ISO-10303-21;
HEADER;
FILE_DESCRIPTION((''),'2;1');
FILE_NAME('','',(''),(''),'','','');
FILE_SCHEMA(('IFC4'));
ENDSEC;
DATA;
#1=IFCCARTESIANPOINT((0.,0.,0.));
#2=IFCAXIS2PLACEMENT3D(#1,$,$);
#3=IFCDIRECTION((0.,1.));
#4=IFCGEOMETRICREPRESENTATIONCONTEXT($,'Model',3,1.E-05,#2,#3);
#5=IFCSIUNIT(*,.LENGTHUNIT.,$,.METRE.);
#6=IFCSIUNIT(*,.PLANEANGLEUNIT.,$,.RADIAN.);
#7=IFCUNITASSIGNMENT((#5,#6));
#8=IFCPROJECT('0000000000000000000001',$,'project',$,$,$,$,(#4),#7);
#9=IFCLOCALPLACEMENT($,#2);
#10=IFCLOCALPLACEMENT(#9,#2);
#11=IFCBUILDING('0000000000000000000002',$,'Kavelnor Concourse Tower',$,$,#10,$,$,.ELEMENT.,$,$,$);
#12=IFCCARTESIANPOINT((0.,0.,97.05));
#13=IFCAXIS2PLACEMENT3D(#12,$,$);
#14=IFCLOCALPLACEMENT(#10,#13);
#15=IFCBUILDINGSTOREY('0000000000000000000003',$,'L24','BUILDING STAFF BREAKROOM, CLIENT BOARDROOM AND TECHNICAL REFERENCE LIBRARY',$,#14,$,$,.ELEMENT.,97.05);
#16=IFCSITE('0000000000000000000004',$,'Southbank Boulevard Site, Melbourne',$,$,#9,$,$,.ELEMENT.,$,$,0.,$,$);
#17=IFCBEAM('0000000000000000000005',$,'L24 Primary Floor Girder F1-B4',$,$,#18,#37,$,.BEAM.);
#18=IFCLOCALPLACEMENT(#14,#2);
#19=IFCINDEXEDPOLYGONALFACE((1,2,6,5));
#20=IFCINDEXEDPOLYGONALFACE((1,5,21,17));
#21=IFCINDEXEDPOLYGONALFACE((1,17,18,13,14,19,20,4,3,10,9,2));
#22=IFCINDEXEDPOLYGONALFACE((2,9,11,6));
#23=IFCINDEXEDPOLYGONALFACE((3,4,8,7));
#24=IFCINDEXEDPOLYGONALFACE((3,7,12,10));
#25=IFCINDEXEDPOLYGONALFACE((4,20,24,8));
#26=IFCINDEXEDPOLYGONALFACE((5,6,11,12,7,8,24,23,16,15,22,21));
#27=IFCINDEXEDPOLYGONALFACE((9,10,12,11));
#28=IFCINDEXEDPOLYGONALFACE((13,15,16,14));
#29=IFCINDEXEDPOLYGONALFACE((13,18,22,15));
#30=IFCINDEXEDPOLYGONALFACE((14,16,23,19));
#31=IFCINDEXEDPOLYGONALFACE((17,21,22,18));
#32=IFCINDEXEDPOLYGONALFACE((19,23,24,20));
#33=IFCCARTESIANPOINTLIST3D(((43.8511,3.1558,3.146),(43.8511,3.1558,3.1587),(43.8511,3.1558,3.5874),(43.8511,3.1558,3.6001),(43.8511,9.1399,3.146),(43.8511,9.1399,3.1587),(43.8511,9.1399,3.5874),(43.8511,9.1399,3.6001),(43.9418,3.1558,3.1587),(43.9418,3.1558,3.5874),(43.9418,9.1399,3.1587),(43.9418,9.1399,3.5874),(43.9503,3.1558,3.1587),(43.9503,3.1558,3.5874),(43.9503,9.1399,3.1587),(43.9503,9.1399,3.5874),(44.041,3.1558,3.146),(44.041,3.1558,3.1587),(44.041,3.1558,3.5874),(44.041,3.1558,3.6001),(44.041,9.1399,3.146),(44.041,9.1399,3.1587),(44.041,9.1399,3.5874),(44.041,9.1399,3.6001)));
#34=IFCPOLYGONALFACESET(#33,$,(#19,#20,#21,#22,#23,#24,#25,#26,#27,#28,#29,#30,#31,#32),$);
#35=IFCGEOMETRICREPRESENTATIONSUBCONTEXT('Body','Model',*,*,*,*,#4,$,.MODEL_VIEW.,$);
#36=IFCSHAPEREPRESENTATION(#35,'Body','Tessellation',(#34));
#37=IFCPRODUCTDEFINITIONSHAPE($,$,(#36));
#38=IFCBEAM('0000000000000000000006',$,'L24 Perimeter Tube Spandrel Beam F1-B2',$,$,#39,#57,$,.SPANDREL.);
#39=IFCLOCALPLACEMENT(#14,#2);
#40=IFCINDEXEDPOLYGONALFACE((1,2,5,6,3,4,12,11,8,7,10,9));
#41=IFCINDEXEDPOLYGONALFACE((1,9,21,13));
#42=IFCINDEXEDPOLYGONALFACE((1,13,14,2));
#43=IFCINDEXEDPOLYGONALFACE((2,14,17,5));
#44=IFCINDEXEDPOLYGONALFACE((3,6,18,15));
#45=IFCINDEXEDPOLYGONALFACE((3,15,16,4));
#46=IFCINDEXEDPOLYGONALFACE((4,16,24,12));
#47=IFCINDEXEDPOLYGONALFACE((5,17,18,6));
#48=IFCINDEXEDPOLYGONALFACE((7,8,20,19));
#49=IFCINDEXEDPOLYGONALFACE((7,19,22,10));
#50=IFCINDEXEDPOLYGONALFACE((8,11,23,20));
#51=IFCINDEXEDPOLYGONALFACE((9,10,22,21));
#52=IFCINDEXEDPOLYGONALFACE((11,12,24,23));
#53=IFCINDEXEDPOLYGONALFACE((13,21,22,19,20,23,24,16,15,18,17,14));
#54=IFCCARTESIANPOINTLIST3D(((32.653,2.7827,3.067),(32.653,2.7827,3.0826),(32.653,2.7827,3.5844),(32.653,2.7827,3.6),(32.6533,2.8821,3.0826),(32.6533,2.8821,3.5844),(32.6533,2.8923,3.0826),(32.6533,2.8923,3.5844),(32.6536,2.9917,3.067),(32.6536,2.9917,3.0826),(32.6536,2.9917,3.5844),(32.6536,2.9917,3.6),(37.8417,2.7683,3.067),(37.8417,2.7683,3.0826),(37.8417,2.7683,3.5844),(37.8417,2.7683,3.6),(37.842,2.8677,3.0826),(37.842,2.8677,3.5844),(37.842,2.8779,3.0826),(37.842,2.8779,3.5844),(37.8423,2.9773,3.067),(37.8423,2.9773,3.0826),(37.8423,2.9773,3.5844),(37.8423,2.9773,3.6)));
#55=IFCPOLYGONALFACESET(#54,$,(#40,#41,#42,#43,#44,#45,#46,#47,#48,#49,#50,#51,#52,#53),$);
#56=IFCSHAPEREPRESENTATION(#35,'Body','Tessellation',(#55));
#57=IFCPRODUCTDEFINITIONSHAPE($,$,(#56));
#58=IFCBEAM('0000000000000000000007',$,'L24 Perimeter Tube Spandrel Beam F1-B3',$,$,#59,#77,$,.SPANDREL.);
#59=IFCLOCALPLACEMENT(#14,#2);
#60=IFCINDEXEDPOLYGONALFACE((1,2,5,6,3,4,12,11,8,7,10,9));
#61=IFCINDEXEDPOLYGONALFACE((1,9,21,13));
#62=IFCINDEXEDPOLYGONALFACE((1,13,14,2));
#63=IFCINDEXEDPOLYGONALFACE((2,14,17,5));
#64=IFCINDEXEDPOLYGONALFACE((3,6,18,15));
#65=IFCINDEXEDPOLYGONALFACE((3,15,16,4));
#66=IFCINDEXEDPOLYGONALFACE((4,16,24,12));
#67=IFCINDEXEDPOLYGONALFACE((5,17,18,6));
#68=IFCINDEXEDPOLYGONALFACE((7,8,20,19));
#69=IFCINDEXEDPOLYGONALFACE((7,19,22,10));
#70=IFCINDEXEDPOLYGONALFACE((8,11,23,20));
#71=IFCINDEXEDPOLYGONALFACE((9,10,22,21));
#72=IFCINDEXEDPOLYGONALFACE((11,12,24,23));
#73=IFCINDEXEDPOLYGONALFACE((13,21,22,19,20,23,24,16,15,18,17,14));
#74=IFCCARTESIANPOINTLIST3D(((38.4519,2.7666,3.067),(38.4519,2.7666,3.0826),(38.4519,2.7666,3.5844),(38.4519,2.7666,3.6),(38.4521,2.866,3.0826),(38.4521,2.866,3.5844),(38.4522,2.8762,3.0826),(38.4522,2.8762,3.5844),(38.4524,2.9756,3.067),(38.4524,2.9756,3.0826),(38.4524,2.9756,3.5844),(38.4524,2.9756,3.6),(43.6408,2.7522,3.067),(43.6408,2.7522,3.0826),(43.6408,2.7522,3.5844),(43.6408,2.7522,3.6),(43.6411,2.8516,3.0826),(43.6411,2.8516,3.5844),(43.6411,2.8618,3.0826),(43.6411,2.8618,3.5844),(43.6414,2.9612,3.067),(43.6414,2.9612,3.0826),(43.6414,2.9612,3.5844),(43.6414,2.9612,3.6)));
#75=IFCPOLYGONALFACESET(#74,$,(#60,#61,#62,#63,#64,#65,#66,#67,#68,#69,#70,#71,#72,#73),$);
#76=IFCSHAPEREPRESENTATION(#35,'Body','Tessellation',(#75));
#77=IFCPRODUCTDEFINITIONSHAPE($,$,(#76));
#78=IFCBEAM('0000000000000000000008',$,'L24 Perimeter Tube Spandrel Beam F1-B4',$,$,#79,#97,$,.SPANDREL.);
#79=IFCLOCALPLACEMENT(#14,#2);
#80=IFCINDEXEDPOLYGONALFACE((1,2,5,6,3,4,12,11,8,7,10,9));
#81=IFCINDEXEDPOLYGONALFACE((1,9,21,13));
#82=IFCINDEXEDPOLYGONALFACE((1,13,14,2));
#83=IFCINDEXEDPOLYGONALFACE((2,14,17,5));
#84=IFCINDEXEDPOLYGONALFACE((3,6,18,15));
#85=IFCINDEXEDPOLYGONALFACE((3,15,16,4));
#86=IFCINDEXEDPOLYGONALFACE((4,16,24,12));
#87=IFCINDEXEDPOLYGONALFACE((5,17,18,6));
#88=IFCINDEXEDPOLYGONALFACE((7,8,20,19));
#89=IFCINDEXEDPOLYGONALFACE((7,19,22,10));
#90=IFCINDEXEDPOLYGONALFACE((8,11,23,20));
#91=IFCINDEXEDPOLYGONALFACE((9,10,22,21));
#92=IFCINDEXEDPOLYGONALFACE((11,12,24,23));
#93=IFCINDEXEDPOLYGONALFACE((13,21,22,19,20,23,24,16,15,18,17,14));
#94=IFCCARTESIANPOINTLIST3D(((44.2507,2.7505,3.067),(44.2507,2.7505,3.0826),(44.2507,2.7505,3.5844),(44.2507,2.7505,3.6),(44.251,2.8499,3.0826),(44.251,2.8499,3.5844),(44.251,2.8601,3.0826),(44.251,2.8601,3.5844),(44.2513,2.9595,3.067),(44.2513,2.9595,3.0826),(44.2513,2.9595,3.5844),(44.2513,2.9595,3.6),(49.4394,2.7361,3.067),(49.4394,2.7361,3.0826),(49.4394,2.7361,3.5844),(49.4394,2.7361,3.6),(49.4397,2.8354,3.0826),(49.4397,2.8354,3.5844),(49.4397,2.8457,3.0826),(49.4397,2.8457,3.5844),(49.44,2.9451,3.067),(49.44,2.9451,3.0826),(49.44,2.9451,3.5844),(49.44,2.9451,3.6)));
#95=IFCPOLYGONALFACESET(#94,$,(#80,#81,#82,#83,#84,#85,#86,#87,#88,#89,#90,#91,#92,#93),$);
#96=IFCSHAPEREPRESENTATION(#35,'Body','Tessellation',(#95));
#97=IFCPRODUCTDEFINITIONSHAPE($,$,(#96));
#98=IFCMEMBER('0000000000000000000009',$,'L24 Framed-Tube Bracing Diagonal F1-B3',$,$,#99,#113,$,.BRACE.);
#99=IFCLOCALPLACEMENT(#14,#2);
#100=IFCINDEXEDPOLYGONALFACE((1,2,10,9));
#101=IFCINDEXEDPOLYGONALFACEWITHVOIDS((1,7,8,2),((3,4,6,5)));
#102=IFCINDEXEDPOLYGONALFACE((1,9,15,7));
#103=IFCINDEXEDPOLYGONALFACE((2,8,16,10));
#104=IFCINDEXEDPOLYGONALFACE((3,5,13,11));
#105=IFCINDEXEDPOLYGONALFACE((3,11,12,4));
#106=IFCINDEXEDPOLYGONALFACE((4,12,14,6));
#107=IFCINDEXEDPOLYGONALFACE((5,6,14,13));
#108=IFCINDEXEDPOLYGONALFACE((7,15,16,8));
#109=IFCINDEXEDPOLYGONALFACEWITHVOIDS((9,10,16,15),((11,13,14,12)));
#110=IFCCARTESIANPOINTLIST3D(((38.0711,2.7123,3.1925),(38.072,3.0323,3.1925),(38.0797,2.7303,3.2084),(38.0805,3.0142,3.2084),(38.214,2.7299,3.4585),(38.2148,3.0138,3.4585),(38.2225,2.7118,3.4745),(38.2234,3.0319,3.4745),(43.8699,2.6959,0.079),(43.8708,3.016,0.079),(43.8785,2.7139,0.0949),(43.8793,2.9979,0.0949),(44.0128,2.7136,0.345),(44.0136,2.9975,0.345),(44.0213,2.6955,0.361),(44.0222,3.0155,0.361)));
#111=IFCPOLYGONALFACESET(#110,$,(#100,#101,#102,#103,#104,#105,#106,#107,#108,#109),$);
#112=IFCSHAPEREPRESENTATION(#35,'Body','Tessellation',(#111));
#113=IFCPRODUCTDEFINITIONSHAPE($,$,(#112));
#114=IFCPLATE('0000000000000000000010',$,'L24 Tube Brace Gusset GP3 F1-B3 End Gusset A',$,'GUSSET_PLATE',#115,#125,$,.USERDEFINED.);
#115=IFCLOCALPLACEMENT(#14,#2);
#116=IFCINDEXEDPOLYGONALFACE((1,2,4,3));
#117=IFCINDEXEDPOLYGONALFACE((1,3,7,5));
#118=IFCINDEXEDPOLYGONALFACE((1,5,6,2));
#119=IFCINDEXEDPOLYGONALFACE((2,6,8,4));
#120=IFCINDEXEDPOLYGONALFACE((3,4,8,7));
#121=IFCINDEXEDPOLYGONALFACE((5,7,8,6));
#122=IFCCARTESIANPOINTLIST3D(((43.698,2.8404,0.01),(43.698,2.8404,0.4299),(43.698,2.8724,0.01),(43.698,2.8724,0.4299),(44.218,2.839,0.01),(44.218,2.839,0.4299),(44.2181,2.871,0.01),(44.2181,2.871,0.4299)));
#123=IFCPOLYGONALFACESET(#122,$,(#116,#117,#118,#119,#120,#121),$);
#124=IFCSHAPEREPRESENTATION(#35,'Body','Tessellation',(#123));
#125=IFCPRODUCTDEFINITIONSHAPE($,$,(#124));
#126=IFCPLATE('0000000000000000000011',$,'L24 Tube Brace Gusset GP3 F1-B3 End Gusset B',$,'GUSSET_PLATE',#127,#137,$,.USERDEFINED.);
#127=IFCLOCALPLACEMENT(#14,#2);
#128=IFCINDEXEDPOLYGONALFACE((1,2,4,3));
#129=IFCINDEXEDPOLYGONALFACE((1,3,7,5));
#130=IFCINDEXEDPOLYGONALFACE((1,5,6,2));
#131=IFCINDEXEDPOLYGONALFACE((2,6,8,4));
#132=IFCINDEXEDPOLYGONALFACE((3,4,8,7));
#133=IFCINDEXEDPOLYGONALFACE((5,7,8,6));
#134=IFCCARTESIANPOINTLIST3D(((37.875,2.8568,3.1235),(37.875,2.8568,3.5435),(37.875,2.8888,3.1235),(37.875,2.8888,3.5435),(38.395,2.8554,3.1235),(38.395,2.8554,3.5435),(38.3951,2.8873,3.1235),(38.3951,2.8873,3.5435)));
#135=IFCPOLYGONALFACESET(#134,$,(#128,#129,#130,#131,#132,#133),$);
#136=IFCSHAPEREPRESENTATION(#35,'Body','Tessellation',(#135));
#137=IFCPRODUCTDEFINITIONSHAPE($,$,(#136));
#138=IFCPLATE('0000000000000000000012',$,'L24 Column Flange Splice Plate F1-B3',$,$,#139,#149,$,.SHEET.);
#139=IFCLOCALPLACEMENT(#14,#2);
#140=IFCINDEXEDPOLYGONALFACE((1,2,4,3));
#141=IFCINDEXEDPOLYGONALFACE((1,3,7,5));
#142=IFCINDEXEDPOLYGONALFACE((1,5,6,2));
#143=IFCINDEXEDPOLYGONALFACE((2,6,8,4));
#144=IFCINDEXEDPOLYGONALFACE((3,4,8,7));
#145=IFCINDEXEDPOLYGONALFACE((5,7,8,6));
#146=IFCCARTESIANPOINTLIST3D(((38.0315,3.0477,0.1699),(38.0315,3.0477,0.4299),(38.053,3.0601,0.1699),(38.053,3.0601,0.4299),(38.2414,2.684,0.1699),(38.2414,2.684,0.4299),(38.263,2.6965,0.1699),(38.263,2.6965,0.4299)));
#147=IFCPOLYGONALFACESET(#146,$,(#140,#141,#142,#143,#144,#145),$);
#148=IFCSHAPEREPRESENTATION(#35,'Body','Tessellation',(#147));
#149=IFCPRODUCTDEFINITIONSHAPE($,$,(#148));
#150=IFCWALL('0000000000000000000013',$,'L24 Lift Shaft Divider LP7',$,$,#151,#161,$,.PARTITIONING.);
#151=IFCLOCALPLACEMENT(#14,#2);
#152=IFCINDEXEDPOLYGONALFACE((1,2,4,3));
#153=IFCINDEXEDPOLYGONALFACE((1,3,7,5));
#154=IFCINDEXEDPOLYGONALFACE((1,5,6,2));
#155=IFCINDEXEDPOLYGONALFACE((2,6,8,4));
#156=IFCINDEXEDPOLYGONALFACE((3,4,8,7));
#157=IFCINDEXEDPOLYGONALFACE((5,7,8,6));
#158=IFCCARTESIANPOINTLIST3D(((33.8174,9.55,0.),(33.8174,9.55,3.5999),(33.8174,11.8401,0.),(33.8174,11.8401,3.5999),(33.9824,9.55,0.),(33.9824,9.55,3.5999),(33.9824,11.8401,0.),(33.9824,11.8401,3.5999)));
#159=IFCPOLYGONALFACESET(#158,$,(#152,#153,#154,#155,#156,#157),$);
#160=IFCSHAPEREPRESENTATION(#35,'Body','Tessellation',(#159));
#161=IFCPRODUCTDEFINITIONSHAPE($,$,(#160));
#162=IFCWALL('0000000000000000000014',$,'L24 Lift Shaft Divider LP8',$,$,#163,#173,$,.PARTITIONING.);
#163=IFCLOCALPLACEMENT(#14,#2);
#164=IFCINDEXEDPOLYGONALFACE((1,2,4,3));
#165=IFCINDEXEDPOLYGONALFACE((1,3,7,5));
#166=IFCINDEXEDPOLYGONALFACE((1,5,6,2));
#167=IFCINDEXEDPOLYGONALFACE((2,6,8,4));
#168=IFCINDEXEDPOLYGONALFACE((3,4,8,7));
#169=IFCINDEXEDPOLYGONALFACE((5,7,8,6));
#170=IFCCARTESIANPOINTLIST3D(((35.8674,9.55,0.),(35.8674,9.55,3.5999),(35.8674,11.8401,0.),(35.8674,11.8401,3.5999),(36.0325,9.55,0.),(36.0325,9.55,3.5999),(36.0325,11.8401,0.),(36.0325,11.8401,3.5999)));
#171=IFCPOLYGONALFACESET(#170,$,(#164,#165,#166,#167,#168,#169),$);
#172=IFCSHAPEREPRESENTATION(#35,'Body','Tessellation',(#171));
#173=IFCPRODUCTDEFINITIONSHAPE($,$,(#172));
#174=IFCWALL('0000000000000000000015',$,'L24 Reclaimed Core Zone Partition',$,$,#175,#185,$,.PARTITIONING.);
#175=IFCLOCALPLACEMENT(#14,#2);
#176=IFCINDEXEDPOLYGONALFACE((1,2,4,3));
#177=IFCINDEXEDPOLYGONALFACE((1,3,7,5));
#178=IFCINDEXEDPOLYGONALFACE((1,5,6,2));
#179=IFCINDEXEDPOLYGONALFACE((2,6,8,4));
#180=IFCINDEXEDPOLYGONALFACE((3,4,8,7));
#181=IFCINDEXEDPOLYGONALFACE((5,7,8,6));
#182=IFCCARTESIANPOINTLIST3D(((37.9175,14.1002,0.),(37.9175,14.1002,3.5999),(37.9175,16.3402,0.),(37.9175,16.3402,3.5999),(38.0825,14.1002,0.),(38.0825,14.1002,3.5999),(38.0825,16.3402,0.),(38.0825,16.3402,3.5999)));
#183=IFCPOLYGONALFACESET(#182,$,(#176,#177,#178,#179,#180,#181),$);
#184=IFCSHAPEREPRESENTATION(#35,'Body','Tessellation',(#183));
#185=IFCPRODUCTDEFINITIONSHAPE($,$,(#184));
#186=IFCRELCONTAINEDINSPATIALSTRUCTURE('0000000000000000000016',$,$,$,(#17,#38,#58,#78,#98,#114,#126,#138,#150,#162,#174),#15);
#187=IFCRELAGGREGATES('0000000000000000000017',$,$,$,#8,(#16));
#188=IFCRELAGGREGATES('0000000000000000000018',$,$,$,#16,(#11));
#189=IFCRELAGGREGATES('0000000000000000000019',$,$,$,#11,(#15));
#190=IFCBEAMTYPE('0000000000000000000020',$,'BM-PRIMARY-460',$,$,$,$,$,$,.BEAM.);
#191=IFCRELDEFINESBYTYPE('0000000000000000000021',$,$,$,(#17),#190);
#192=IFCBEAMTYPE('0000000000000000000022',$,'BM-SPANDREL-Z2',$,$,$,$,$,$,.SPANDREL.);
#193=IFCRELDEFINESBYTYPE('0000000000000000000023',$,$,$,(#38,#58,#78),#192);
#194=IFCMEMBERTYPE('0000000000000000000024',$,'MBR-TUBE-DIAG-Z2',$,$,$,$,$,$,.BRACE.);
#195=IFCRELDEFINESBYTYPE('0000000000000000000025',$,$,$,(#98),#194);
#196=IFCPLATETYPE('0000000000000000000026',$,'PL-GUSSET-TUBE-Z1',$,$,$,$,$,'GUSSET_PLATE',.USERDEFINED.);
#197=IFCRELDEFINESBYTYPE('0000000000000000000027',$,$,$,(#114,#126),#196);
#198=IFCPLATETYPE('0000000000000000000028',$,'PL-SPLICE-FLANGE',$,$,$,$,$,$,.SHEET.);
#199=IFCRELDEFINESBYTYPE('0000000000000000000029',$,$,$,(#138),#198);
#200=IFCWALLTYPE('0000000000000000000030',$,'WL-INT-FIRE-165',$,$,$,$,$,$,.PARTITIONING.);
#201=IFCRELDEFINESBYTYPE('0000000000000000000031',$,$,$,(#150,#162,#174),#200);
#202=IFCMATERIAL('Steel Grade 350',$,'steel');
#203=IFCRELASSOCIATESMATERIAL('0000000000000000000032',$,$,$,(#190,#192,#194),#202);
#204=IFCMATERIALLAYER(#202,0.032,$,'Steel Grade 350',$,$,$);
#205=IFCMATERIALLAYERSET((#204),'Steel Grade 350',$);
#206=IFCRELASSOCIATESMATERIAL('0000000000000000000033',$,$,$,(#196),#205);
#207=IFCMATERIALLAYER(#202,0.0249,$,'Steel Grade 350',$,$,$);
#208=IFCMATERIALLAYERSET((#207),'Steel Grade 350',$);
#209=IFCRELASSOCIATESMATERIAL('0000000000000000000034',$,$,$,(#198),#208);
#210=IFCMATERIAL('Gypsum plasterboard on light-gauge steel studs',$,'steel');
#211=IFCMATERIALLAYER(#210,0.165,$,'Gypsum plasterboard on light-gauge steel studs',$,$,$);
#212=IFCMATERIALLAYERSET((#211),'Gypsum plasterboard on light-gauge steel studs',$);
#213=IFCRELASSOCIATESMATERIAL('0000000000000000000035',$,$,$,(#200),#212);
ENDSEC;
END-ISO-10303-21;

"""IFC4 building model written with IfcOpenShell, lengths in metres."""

from ifc_helpers import new_model, si_unit, direction, frame, frame_2d, origin, origin_2d, place, context, subcontext, project, spatial, rectangle, hollow_rectangle, i_section, extrude, material, layer, layer_set, material_profile, profile_set, type_object, element, save


model = new_model("IFC4")

# Units and contexts
model_context = context("Model", 3, precision=1e-05, world=origin(), true_north=direction((0.0, 1.0)))
body_context = subcontext(model_context, "Body", "Model", "MODEL_VIEW")
ifc_project = project(units=[si_unit("LENGTHUNIT", "METRE"), si_unit("PLANEANGLEUNIT", "RADIAN")], contexts=[model_context])

# Site, building, storey
site_placement = place(None, origin())
site = spatial("IfcSite", under=ifc_project, at=site_placement, Name="Southbank Boulevard Site, Melbourne", CompositionType="ELEMENT", RefElevation=0.0)
building_placement = place(site_placement, origin())
building = spatial("IfcBuilding", under=site, at=building_placement, Name="Kavelnor Concourse Tower", CompositionType="ELEMENT")
storey_placement = place(building_placement, frame((0.0, 0.0, 97.05)))
storey = spatial("IfcBuildingStorey", under=building, at=storey_placement, Name="L24", Description="BUILDING STAFF BREAKROOM, CLIENT BOARDROOM AND TECHNICAL REFERENCE LIBRARY", CompositionType="ELEMENT", Elevation=97.05)

# Shared definitions
ifc_material_1 = material(Name="Steel Grade 350", Category="steel")

# Beams
ifc_material_profile_1 = material_profile(ifc_material_1, i_section(OverallWidth=0.1899, OverallDepth=0.4541, WebThickness=0.0085, FlangeThickness=0.0127, at=origin_2d()), Name="460UB67")
ifc_profile_set_1 = profile_set([ifc_material_profile_1], Name="Steel Grade 350")
beam_type_1 = type_object("IfcBeamType", Name="BM-PRIMARY-460", PredefinedType="BEAM", material=ifc_profile_set_1)
beam_1_placement = place(storey_placement, frame((43.946, 9.1399, 3.373), z_axis=(0.0, -1.0, 0.0), x_axis=(1.0, 0.0, 0.0)))
element("IfcBeam", 1, at=beam_1_placement, inside=storey, type_object=beam_type_1, Name="L24 Primary Floor Girder F1-B4", PredefinedType="BEAM", context=body_context, shape_type="SweptSolid", body=[
    extrude(i_section(OverallWidth=0.1899, OverallDepth=0.4541, WebThickness=0.0085, FlangeThickness=0.0127, at=origin_2d()), origin(), (0.0, 0.0, 1.0), 5.9841),
])
ifc_material_profile_2 = material_profile(ifc_material_1, i_section(OverallWidth=0.209, OverallDepth=0.533, WebThickness=0.0103, FlangeThickness=0.0156, at=origin_2d()), Name="530UB92")
ifc_profile_set_2 = profile_set([ifc_material_profile_2], Name="Steel Grade 350")
beam_type_2 = type_object("IfcBeamType", Name="BM-SPANDREL-Z2", PredefinedType="SPANDREL", material=ifc_profile_set_2)
beam_2_placement = place(storey_placement, frame((32.6533, 2.8872, 3.3335), z_axis=(0.999996, -0.002776, 0.0), x_axis=(0.002776, 0.999996, 0.0)))
element("IfcBeam", 2, at=beam_2_placement, inside=storey, type_object=beam_type_2, Name="L24 Perimeter Tube Spandrel Beam F1-B2", PredefinedType="SPANDREL", context=body_context, shape_type="SweptSolid", body=[
    extrude(i_section(OverallWidth=0.209, OverallDepth=0.533, WebThickness=0.0103, FlangeThickness=0.0156, at=origin_2d()), origin(), (0.0, 0.0, 1.0), 5.1887),
])
beam_3_placement = place(storey_placement, frame((38.4521, 2.8711, 3.3335), z_axis=(0.999996, -0.002776, 0.0), x_axis=(0.002776, 0.999996, 0.0)))
element("IfcBeam", 3, at=beam_3_placement, inside=storey, type_object=beam_type_2, Name="L24 Perimeter Tube Spandrel Beam F1-B3", PredefinedType="SPANDREL", context=body_context, shape_type="SweptSolid", body=[
    extrude(i_section(OverallWidth=0.209, OverallDepth=0.533, WebThickness=0.0103, FlangeThickness=0.0156, at=origin_2d()), origin(), (0.0, 0.0, 1.0), 5.189),
])
beam_4_placement = place(storey_placement, frame((44.251, 2.855, 3.3335), z_axis=(0.999996, -0.002776, 0.0), x_axis=(0.002776, 0.999996, 0.0)))
element("IfcBeam", 4, at=beam_4_placement, inside=storey, type_object=beam_type_2, Name="L24 Perimeter Tube Spandrel Beam F1-B4", PredefinedType="SPANDREL", context=body_context, shape_type="SweptSolid", body=[
    extrude(i_section(OverallWidth=0.209, OverallDepth=0.533, WebThickness=0.0103, FlangeThickness=0.0156, at=origin_2d()), origin(), (0.0, 0.0, 1.0), 5.1887),
])

# Member
ifc_material_profile_3 = material_profile(ifc_material_1, hollow_rectangle(XDim=0.3201, YDim=0.3201, WallThickness=0.0181, at=origin_2d()), Name="SHS 320x320x18")
ifc_profile_set_3 = profile_set([ifc_material_profile_3], Name="Steel Grade 350")
member_type = type_object("IfcMemberType", Name="MBR-TUBE-DIAG-Z2", PredefinedType="BRACE", material=ifc_profile_set_3)
member_placement = place(storey_placement, frame((43.946, 2.8557, 0.22), z_axis=(-0.881034, 0.002485, 0.473047), x_axis=(-0.002821, -0.999996, 0.0)))
element("IfcMember", 5, at=member_placement, inside=storey, type_object=member_type, Name="L24 Framed-Tube Bracing Diagonal F1-B3", PredefinedType="BRACE", context=body_context, shape_type="SweptSolid", body=[
    extrude(hollow_rectangle(XDim=0.3201, YDim=0.3201, WallThickness=0.0181, at=origin_2d()), origin(), (0.0, 0.0, 1.0), 6.5818),
])

# Plates
ifc_layer_1 = layer(ifc_material_1, 0.032, Name="Steel Grade 350")
ifc_layer_set_1 = layer_set([ifc_layer_1], Name="Steel Grade 350")
plate_type_1 = type_object("IfcPlateType", Name="PL-GUSSET-TUBE-Z1", ElementType="GUSSET_PLATE", PredefinedType="USERDEFINED", material=ifc_layer_set_1)
for number, where, z_axis, x_axis, name in (
    (6, (43.958, 2.8557, 0.01), (0.0, 0.0, 1.0), (-0.999996, 0.002793, 0.0), "L24 Tube Brace Gusset GP3 F1-B3 End Gusset A"),
    (7, (38.135, 2.8721, 3.1235), (0.0, 0.0, 1.0), (-0.999996, 0.002793, 0.0), "L24 Tube Brace Gusset GP3 F1-B3 End Gusset B"),
):
    element("IfcPlate", number, at=place(storey_placement, frame(where, z_axis=z_axis, x_axis=x_axis)), inside=storey, type_object=plate_type_1, Name=name, ObjectType="GUSSET_PLATE", PredefinedType="USERDEFINED", context=body_context, shape_type="SweptSolid", body=[
        extrude(rectangle(XDim=0.52, YDim=0.032, at=origin_2d()), origin(), (0.0, 0.0, 1.0), 0.4199),
    ])
ifc_layer_2 = layer(ifc_material_1, 0.0249, Name="Steel Grade 350")
ifc_layer_set_2 = layer_set([ifc_layer_2], Name="Steel Grade 350")
plate_type_2 = type_object("IfcPlateType", Name="PL-SPLICE-FLANGE", PredefinedType="SHEET", material=ifc_layer_set_2)
plate_placement = place(storey_placement, frame((38.1472, 2.8721, 0.1699), z_axis=(0.0, 0.0, 1.0), x_axis=(-0.5, 0.866025, 0.0)))
element("IfcPlate", 8, at=plate_placement, inside=storey, type_object=plate_type_2, Name="L24 Column Flange Splice Plate F1-B3", PredefinedType="SHEET", context=body_context, shape_type="SweptSolid", body=[
    extrude(rectangle(XDim=0.4199, YDim=0.0249, at=origin_2d()), origin(), (0.0, 0.0, 1.0), 0.26),
])

# Walls
ifc_material_2 = material(Name="Gypsum plasterboard on light-gauge steel studs", Category="steel")
ifc_layer_3 = layer(ifc_material_2, 0.165, Name="Gypsum plasterboard on light-gauge steel studs")
ifc_layer_set_3 = layer_set([ifc_layer_3], Name="Gypsum plasterboard on light-gauge steel studs")
wall_type_1 = type_object("IfcWallType", Name="WL-INT-FIRE-165", PredefinedType="PARTITIONING", material=ifc_layer_set_3)
for number, where, z_axis, x_axis, name in (
    (9, (33.8999, 9.55, 0.0), (0.0, 0.0, 1.0), (0.0, 1.0, 0.0), "L24 Lift Shaft Divider LP7"),
    (10, (35.95, 9.55, 0.0), (0.0, 0.0, 1.0), (0.0, 1.0, 0.0), "L24 Lift Shaft Divider LP8"),
):
    element("IfcWall", number, at=place(storey_placement, frame(where, z_axis=z_axis, x_axis=x_axis)), inside=storey, type_object=wall_type_1, Name=name, PredefinedType="PARTITIONING", context=body_context, shape_type="SweptSolid", body=[
        extrude(rectangle(XDim=2.29, YDim=0.165, at=frame_2d((1.145, 0.0))), origin(), (0.0, 0.0, 1.0), 3.5999),
    ])
for number, where, z_axis, x_axis, name in (
    (11, (38.0, 14.1001, 0.0), (0.0, 0.0, 1.0), (0.0, 1.0, 0.0), "L24 Reclaimed Core Zone Partition"),
):
    element("IfcWall", number, at=place(storey_placement, frame(where, z_axis=z_axis, x_axis=x_axis)), inside=storey, type_object=wall_type_1, Name=name, PredefinedType="PARTITIONING", context=body_context, shape_type="SweptSolid", body=[
        extrude(rectangle(XDim=2.24, YDim=0.165, at=frame_2d((1.1201, 0.0))), origin(), (0.0, 0.0, 1.0), 3.5999),
    ])

save(model, "model.ifc")
